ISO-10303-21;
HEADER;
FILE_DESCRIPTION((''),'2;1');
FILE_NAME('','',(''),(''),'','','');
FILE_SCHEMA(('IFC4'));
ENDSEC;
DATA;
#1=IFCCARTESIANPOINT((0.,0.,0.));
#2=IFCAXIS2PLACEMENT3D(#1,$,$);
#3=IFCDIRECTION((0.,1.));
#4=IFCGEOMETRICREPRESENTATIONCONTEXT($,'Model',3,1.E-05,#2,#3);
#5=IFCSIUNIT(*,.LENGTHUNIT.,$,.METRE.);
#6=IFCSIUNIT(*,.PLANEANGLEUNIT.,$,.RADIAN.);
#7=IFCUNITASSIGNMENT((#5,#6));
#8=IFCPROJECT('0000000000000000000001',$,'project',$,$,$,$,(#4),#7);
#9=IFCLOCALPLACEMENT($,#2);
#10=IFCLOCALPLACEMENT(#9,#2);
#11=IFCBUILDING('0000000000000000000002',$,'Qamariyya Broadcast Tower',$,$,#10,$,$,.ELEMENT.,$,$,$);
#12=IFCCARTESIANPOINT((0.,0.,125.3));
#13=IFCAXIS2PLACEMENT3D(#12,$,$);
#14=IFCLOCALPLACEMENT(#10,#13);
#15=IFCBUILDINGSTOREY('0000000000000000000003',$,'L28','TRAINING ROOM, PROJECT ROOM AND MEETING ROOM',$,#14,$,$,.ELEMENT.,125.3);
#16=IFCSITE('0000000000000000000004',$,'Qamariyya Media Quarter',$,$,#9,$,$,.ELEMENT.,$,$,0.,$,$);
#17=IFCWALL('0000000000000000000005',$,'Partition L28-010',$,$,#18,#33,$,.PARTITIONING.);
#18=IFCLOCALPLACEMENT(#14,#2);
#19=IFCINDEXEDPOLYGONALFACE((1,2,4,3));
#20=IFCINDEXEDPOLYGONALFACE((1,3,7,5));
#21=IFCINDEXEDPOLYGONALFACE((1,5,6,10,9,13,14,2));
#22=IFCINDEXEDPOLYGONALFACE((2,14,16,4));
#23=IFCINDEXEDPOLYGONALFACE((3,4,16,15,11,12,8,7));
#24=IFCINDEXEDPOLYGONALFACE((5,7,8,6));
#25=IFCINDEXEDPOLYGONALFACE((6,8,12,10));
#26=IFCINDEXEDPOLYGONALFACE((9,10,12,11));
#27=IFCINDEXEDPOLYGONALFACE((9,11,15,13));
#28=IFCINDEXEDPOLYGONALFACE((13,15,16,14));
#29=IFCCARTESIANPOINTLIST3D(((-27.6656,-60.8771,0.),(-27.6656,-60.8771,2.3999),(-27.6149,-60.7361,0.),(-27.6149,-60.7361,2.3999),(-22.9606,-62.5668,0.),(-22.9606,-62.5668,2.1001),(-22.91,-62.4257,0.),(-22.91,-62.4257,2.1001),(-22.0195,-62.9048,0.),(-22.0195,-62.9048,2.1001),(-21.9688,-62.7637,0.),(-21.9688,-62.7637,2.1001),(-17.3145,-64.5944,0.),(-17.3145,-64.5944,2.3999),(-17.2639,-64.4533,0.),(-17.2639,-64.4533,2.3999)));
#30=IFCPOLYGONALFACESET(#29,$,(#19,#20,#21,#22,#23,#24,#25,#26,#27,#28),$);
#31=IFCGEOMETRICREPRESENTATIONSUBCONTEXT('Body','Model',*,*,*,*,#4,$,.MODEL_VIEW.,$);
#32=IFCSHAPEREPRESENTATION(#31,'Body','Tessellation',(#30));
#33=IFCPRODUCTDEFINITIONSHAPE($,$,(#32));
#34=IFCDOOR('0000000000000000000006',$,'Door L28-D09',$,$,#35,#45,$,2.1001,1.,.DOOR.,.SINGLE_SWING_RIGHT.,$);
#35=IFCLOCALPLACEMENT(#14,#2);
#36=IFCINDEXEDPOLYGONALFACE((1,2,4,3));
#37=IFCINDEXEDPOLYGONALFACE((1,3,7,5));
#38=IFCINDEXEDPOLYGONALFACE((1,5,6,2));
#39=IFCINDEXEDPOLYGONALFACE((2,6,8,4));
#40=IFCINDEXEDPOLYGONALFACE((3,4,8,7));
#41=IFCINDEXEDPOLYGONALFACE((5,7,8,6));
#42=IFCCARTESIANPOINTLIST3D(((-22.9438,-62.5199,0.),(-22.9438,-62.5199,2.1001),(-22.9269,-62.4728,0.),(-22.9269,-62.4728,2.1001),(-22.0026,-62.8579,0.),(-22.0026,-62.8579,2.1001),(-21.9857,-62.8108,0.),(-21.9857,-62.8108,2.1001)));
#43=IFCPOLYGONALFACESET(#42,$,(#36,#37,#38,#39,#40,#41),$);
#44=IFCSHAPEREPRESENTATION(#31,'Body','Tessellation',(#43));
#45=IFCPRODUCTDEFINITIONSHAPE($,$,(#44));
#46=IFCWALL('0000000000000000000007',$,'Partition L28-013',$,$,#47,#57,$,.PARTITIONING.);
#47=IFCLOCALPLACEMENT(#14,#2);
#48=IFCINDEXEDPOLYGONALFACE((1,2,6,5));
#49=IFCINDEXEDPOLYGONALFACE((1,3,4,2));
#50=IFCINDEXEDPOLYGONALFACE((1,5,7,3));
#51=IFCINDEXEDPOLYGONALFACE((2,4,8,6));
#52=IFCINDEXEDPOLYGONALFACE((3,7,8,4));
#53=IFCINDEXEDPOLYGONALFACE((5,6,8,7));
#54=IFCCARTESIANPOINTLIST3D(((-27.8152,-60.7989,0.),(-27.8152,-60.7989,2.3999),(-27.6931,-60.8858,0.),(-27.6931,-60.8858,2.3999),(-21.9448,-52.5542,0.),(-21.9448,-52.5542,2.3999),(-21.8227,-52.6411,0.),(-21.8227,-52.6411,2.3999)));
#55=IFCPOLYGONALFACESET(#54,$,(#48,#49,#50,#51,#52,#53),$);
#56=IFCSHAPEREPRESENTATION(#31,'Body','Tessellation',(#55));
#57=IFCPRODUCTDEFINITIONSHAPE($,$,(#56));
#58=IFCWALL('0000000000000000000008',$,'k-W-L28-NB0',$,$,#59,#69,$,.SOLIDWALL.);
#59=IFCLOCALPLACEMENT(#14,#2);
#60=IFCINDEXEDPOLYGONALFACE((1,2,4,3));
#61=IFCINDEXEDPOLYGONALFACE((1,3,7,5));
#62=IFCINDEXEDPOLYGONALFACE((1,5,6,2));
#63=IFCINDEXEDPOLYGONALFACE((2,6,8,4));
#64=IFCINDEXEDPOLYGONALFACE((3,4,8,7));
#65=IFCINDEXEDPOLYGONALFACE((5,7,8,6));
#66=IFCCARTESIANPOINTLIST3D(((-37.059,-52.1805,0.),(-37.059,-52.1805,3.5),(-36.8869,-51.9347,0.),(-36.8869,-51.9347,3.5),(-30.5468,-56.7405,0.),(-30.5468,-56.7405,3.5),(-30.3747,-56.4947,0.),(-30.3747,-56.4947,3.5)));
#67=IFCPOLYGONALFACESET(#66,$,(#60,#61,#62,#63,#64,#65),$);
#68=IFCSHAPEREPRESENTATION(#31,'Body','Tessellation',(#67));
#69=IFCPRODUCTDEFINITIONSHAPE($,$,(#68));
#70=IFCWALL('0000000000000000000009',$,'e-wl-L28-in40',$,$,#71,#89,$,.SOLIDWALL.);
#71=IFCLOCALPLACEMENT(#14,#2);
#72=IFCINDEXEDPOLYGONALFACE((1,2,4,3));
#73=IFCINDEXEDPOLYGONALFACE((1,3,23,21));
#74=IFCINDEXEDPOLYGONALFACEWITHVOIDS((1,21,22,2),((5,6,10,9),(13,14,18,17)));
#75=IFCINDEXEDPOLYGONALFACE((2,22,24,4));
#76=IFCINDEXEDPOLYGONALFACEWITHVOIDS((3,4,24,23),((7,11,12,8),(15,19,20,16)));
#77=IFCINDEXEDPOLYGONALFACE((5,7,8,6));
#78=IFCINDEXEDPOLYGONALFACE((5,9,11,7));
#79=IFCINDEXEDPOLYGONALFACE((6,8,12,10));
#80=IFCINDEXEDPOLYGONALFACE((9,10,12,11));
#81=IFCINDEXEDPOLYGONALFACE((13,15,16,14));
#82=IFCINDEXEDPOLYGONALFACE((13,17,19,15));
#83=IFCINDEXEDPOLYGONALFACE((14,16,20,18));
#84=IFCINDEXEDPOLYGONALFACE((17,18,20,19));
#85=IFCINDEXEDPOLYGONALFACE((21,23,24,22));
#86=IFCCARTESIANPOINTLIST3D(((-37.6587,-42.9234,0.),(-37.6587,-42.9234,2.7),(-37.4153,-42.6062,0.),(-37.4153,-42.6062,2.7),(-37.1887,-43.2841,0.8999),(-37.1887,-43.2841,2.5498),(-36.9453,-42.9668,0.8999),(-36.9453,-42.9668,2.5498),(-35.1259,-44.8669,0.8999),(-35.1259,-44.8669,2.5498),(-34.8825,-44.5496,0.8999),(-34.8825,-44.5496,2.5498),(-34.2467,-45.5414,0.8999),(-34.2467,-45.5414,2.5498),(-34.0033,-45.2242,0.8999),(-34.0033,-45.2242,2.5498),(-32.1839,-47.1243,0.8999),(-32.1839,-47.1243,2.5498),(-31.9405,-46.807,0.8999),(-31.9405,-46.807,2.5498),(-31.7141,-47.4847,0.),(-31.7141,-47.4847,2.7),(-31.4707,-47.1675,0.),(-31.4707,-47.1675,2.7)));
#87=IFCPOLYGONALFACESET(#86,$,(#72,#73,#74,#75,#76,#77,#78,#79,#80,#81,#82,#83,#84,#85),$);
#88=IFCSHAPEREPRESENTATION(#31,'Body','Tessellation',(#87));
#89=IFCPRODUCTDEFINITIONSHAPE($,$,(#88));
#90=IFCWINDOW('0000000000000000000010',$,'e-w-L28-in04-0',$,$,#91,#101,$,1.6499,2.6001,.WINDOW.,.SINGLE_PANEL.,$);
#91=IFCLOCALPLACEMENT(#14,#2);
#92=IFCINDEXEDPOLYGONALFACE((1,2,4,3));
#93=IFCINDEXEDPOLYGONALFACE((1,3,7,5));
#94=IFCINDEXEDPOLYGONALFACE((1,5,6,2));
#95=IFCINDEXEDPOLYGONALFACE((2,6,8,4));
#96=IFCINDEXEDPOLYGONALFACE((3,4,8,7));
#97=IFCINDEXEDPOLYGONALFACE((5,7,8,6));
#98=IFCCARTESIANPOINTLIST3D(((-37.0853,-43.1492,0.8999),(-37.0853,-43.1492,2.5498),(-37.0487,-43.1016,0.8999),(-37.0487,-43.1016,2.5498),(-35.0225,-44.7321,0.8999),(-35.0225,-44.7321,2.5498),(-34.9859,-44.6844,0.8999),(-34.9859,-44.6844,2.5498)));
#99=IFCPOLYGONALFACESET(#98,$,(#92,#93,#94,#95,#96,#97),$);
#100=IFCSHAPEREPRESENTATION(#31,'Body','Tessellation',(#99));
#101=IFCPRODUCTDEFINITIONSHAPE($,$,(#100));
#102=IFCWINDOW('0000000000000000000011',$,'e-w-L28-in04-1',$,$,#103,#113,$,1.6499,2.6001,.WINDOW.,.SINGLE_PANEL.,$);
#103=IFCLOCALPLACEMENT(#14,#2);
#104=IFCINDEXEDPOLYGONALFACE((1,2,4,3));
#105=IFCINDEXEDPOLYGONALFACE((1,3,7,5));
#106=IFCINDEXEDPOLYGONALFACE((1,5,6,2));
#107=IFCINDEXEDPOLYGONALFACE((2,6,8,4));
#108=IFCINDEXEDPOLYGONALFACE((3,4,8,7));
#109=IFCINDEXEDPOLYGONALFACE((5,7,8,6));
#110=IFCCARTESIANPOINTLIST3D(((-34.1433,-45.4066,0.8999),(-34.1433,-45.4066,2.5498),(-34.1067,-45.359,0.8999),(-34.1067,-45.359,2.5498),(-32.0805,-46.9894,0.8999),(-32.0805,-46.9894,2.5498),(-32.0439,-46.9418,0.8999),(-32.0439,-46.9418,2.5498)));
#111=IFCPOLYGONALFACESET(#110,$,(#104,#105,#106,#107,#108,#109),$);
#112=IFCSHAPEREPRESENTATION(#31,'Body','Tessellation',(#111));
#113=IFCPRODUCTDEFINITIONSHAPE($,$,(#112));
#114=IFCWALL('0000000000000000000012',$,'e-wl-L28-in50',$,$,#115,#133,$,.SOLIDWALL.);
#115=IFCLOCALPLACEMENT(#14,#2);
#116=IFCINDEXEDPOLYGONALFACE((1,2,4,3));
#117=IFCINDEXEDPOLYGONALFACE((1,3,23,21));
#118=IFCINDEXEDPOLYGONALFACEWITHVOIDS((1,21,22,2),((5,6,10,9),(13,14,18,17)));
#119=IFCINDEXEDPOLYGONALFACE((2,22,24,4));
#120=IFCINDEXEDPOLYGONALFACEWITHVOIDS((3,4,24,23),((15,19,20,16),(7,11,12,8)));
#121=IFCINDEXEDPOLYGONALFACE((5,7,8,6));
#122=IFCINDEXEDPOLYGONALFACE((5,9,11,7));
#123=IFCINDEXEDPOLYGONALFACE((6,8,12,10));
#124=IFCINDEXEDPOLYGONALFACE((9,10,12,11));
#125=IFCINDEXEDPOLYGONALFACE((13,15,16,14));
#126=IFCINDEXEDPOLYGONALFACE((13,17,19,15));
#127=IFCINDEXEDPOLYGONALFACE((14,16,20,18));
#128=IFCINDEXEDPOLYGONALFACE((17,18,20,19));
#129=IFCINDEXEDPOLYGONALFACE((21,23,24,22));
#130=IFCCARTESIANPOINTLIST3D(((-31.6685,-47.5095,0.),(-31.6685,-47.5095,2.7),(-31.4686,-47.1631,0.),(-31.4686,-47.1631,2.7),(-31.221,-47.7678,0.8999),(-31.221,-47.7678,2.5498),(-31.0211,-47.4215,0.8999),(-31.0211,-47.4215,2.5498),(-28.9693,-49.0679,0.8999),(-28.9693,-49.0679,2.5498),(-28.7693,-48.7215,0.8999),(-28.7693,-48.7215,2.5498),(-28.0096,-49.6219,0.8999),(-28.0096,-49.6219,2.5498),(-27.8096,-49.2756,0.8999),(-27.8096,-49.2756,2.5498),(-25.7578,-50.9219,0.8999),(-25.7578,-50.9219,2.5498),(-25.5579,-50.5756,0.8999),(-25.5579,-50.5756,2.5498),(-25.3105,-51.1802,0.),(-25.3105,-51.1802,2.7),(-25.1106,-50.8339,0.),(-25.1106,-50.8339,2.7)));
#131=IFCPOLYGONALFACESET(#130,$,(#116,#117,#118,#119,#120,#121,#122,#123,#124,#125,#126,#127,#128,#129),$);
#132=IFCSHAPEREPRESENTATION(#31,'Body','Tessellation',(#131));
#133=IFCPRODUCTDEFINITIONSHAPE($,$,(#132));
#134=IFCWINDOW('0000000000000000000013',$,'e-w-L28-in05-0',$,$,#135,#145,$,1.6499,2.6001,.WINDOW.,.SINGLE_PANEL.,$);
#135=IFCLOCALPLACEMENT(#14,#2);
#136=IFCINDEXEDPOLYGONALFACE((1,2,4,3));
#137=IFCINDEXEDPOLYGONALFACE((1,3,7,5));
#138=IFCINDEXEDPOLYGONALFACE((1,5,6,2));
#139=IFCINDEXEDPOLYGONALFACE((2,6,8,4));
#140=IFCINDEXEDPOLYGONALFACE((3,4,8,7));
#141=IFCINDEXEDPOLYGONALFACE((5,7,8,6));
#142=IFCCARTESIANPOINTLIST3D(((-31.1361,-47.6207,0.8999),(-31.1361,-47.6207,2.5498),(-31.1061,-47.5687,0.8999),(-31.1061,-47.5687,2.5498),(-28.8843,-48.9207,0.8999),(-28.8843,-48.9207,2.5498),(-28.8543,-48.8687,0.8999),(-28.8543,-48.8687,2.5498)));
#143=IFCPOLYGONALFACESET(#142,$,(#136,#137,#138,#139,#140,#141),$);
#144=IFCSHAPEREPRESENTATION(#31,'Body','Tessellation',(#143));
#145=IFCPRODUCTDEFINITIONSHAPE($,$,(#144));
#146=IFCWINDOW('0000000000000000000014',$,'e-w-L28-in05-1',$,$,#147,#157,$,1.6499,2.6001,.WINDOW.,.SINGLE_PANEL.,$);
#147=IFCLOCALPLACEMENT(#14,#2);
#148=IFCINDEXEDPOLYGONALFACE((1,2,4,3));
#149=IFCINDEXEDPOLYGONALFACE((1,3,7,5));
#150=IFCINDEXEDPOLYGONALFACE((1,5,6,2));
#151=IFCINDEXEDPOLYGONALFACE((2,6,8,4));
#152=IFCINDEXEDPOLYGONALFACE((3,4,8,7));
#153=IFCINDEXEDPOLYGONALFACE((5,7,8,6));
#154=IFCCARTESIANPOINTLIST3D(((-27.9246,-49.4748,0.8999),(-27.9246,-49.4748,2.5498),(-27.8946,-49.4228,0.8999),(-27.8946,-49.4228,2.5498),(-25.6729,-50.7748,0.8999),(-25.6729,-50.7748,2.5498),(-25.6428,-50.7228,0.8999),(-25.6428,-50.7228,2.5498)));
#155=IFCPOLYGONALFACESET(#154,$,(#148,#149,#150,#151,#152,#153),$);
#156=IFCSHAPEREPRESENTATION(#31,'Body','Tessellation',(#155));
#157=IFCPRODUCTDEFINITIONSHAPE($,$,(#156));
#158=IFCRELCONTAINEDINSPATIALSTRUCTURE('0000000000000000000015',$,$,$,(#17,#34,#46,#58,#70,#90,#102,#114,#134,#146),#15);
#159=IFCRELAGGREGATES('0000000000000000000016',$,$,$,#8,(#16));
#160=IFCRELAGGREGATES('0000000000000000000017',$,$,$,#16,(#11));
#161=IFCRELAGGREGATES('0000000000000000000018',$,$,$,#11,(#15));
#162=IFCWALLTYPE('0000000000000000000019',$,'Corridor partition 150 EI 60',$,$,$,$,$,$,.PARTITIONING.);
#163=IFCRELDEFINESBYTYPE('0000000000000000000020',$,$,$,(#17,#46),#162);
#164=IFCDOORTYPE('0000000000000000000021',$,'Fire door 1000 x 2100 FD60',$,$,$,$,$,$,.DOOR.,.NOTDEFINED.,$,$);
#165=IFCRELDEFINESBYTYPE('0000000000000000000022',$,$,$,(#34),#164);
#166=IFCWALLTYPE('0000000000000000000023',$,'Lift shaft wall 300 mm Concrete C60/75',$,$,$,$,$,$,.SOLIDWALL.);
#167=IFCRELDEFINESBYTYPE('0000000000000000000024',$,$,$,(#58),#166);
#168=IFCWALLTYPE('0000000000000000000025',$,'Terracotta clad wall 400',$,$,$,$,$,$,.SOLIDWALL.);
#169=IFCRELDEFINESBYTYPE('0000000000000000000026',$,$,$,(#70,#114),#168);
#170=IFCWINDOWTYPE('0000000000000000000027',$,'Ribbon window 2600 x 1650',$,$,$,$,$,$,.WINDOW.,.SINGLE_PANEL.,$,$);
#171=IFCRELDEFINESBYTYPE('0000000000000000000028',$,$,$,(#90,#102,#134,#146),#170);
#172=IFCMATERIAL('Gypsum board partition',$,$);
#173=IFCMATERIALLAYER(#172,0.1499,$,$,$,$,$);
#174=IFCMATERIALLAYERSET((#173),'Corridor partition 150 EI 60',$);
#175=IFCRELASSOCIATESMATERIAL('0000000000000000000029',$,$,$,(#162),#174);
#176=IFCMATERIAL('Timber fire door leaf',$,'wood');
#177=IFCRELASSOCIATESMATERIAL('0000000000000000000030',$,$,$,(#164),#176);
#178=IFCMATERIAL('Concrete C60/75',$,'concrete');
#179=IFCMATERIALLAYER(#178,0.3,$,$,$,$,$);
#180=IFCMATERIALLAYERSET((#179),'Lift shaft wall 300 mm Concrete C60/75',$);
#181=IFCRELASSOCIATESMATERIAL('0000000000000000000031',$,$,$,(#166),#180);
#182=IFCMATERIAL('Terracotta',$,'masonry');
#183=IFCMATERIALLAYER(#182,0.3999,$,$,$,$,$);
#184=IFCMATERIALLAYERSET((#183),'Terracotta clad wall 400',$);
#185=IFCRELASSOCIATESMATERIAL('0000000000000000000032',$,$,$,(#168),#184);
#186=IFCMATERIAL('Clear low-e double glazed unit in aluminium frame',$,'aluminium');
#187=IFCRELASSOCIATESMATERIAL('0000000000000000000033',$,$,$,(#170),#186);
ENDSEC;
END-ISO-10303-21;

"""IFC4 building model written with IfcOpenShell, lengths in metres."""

from ifc_helpers import new_model, si_unit, direction, frame, frame_2d, origin, place, context, subcontext, project, spatial, rectangle, extrude, material, layer, layer_set, type_object, element, fill, save


model = new_model("IFC4")

# Units and contexts
model_context = context("Model", 3, precision=1e-05, world=origin(), true_north=direction((0.0, 1.0)))
body_context = subcontext(model_context, "Body", "Model", "MODEL_VIEW")
ifc_project = project(units=[si_unit("LENGTHUNIT", "METRE"), si_unit("PLANEANGLEUNIT", "RADIAN")], contexts=[model_context])

# Site, building, storey
site_placement = place(None, origin())
site = spatial("IfcSite", under=ifc_project, at=site_placement, Name="Qamariyya Media Quarter", CompositionType="ELEMENT", RefElevation=0.0)
building_placement = place(site_placement, origin())
building = spatial("IfcBuilding", under=site, at=building_placement, Name="Qamariyya Broadcast Tower", CompositionType="ELEMENT")
storey_placement = place(building_placement, frame((0.0, 0.0, 125.3)))
storey = spatial("IfcBuildingStorey", under=building, at=storey_placement, Name="L28", Description="TRAINING ROOM, PROJECT ROOM AND MEETING ROOM", CompositionType="ELEMENT", Elevation=125.3)

# Wall, opening, door
ifc_material_1 = material(Name="Gypsum board partition")
ifc_layer_1 = layer(ifc_material_1, 0.1499)
ifc_layer_set_1 = layer_set([ifc_layer_1], Name="Corridor partition 150 EI 60")
wall_type_1 = type_object("IfcWallType", Name="Corridor partition 150 EI 60", PredefinedType="PARTITIONING", material=ifc_layer_set_1)
wall_1_placement = place(storey_placement, frame((-27.6401, -60.8066, 0.0), z_axis=(0.0, 0.0, 1.0), x_axis=(0.941151, -0.337987, 0.0)))
wall_1 = element("IfcWall", 1, at=wall_1_placement, inside=storey, type_object=wall_type_1, Name="Partition L28-010", PredefinedType="PARTITIONING", context=body_context, shape_type="SweptSolid", body=[
    extrude(rectangle(XDim=10.9983, YDim=0.1499, at=frame_2d((5.499, 0.0))), origin(), (0.0, 0.0, 1.0), 2.3999),
])
opening_1_placement = place(wall_1_placement, frame((4.999, 0.0, 0.0)))
opening_1 = element("IfcOpeningElement", 2, at=opening_1_placement, cuts=wall_1, PredefinedType="OPENING", context=body_context, shape_type="SweptSolid", body=[
    extrude(rectangle(XDim=1.0, YDim=2.1001, at=frame_2d((0.5, 1.05))), frame((0.0, 0.085, 0.0), z_axis=(0.0, -1.0, 0.0), x_axis=(1.0, 0.0, 0.0)), (0.0, 0.0, 1.0), 0.1699),
])
ifc_material_2 = material(Name="Timber fire door leaf", Category="wood")
door_type_1 = type_object("IfcDoorType", Name="Fire door 1000 x 2100 FD60", OperationType="NOTDEFINED", PredefinedType="DOOR", material=ifc_material_2)
door_1_placement = place(opening_1_placement, origin())
door_1 = element("IfcDoor", 3, at=door_1_placement, inside=storey, type_object=door_type_1, Name="Door L28-D09", OperationType="SINGLE_SWING_RIGHT", OverallHeight=2.1001, OverallWidth=1.0, PredefinedType="DOOR", context=body_context, shape_type="SweptSolid", body=[
    extrude(rectangle(XDim=1.0, YDim=2.1001, at=frame_2d((0.5, 1.05))), frame((0.0, 0.0249, 0.0), z_axis=(0.0, -1.0, 0.0), x_axis=(1.0, 0.0, 0.0)), (0.0, 0.0, 1.0), 0.05),
])
fill(opening_1, door_1)

# Walls
wall_2_placement = place(storey_placement, frame((-21.8838, -52.5977, 0.0), z_axis=(0.0, 0.0, 1.0), x_axis=(-0.580017, -0.814605, 0.0)))
element("IfcWall", 4, at=wall_2_placement, inside=storey, type_object=wall_type_1, Name="Partition L28-013", PredefinedType="PARTITIONING", context=body_context, shape_type="SweptSolid", body=[
    extrude(rectangle(XDim=10.1211, YDim=0.1499, at=frame_2d((5.0605, 0.0))), origin(), (0.0, 0.0, 1.0), 2.3999),
])
ifc_material_3 = material(Name="Concrete C60/75", Category="concrete")
ifc_layer_2 = layer(ifc_material_3, 0.3)
ifc_layer_set_2 = layer_set([ifc_layer_2], Name="Lift shaft wall 300 mm Concrete C60/75")
wall_type_2 = type_object("IfcWallType", Name="Lift shaft wall 300 mm Concrete C60/75", PredefinedType="SOLIDWALL", material=ifc_layer_set_2)
wall_3_placement = place(storey_placement, frame((-30.4607, -56.6177, 0.0), z_axis=(0.0, 0.0, 1.0), x_axis=(-0.819142, 0.57359, 0.0)))
element("IfcWall", 5, at=wall_3_placement, inside=storey, type_object=wall_type_2, Name="k-W-L28-NB0", PredefinedType="SOLIDWALL", context=body_context, shape_type="SweptSolid", body=[
    extrude(rectangle(XDim=7.95, YDim=0.3, at=frame_2d((3.9751, 0.0))), origin(), (0.0, 0.0, 1.0), 3.5),
])

# Walls, openings, windows
ifc_material_4 = material(Name="Terracotta", Category="masonry")
ifc_layer_3 = layer(ifc_material_4, 0.3999)
ifc_layer_set_3 = layer_set([ifc_layer_3], Name="Terracotta clad wall 400")
wall_type_3 = type_object("IfcWallType", Name="Terracotta clad wall 400", PredefinedType="SOLIDWALL", material=ifc_layer_set_3)
wall_4_placement = place(storey_placement, frame((-31.5923, -47.3262, 0.0), z_axis=(0.0, 0.0, 1.0), x_axis=(-0.793363, 0.608748, 0.0)))
wall_4 = element("IfcWall", 6, at=wall_4_placement, inside=storey, type_object=wall_type_3, Name="e-wl-L28-in40", PredefinedType="SOLIDWALL", context=body_context, shape_type="SweptSolid", body=[
    extrude(rectangle(XDim=7.4929, YDim=0.3999, at=frame_2d((3.7466, 0.0))), origin(), (0.0, 0.0, 1.0), 2.7),
])
opening_2_placement = place(wall_4_placement, frame((4.3005, 0.0, 0.8999)))
opening_2 = element("IfcOpeningElement", 7, at=opening_2_placement, cuts=wall_4, PredefinedType="OPENING", context=body_context, shape_type="SweptSolid", body=[
    extrude(rectangle(XDim=2.6001, YDim=1.6499, at=frame_2d((1.3, 0.825))), frame((0.0, 0.21, 0.0), z_axis=(0.0, -1.0, 0.0), x_axis=(1.0, 0.0, 0.0)), (0.0, 0.0, 1.0), 0.4199),
])
opening_3_placement = place(wall_4_placement, frame((0.5923, 0.0, 0.8999)))
opening_3 = element("IfcOpeningElement", 8, at=opening_3_placement, cuts=wall_4, PredefinedType="OPENING", context=body_context, shape_type="SweptSolid", body=[
    extrude(rectangle(XDim=2.6001, YDim=1.6499, at=frame_2d((1.3, 0.825))), frame((0.0, 0.21, 0.0), z_axis=(0.0, -1.0, 0.0), x_axis=(1.0, 0.0, 0.0)), (0.0, 0.0, 1.0), 0.4199),
])
ifc_material_5 = material(Name="Clear low-e double glazed unit in aluminium frame", Category="aluminium")
window_type = type_object("IfcWindowType", Name="Ribbon window 2600 x 1650", PartitioningType="SINGLE_PANEL", PredefinedType="WINDOW", material=ifc_material_5)
window_1_placement = place(opening_2_placement, origin())
window_1 = element("IfcWindow", 9, at=window_1_placement, inside=storey, type_object=window_type, Name="e-w-L28-in04-0", OverallHeight=1.6499, OverallWidth=2.6001, PartitioningType="SINGLE_PANEL", PredefinedType="WINDOW", context=body_context, shape_type="SweptSolid", body=[
    extrude(rectangle(XDim=2.6001, YDim=1.6499, at=frame_2d((1.3, 0.825))), frame((0.0, 0.03, 0.0), z_axis=(0.0, -1.0, 0.0), x_axis=(1.0, 0.0, 0.0)), (0.0, 0.0, 1.0), 0.0601),
])
fill(opening_2, window_1)
window_2_placement = place(opening_3_placement, origin())
window_2 = element("IfcWindow", 10, at=window_2_placement, inside=storey, type_object=window_type, Name="e-w-L28-in04-1", OverallHeight=1.6499, OverallWidth=2.6001, PartitioningType="SINGLE_PANEL", PredefinedType="WINDOW", context=body_context, shape_type="SweptSolid", body=[
    extrude(rectangle(XDim=2.6001, YDim=1.6499, at=frame_2d((1.3, 0.825))), frame((0.0, 0.03, 0.0), z_axis=(0.0, -1.0, 0.0), x_axis=(1.0, 0.0, 0.0)), (0.0, 0.0, 1.0), 0.0601),
])
fill(opening_3, window_2)
wall_5_placement = place(storey_placement, frame((-25.2104, -51.0071, 0.0), z_axis=(0.0, 0.0, 1.0), x_axis=(-0.866031, 0.499991, 0.0)))
wall_5 = element("IfcWall", 11, at=wall_5_placement, inside=storey, type_object=wall_type_3, Name="e-wl-L28-in50", PredefinedType="SOLIDWALL", context=body_context, shape_type="SweptSolid", body=[
    extrude(rectangle(XDim=7.3416, YDim=0.3999, at=frame_2d((3.6709, 0.0))), origin(), (0.0, 0.0, 1.0), 2.7),
])
opening_4_placement = place(wall_5_placement, frame((4.2249, 0.0, 0.8999)))
opening_4 = element("IfcOpeningElement", 12, at=opening_4_placement, cuts=wall_5, PredefinedType="OPENING", context=body_context, shape_type="SweptSolid", body=[
    extrude(rectangle(XDim=2.6001, YDim=1.6499, at=frame_2d((1.3, 0.825))), frame((0.0, 0.21, 0.0), z_axis=(0.0, -1.0, 0.0), x_axis=(1.0, 0.0, 0.0)), (0.0, 0.0, 1.0), 0.4199),
])
opening_5_placement = place(wall_5_placement, frame((0.5166, 0.0, 0.8999)))
opening_5 = element("IfcOpeningElement", 13, at=opening_5_placement, cuts=wall_5, PredefinedType="OPENING", context=body_context, shape_type="SweptSolid", body=[
    extrude(rectangle(XDim=2.6001, YDim=1.6499, at=frame_2d((1.3, 0.825))), frame((0.0, 0.21, 0.0), z_axis=(0.0, -1.0, 0.0), x_axis=(1.0, 0.0, 0.0)), (0.0, 0.0, 1.0), 0.4199),
])
window_3_placement = place(opening_4_placement, origin())
window_3 = element("IfcWindow", 14, at=window_3_placement, inside=storey, type_object=window_type, Name="e-w-L28-in05-0", OverallHeight=1.6499, OverallWidth=2.6001, PartitioningType="SINGLE_PANEL", PredefinedType="WINDOW", context=body_context, shape_type="SweptSolid", body=[
    extrude(rectangle(XDim=2.6001, YDim=1.6499, at=frame_2d((1.3, 0.825))), frame((0.0, 0.03, 0.0), z_axis=(0.0, -1.0, 0.0), x_axis=(1.0, 0.0, 0.0)), (0.0, 0.0, 1.0), 0.0601),
])
fill(opening_4, window_3)
window_4_placement = place(opening_5_placement, origin())
window_4 = element("IfcWindow", 15, at=window_4_placement, inside=storey, type_object=window_type, Name="e-w-L28-in05-1", OverallHeight=1.6499, OverallWidth=2.6001, PartitioningType="SINGLE_PANEL", PredefinedType="WINDOW", context=body_context, shape_type="SweptSolid", body=[
    extrude(rectangle(XDim=2.6001, YDim=1.6499, at=frame_2d((1.3, 0.825))), frame((0.0, 0.03, 0.0), z_axis=(0.0, -1.0, 0.0), x_axis=(1.0, 0.0, 0.0)), (0.0, 0.0, 1.0), 0.0601),
])
fill(opening_5, window_4)

save(model, "model.ifc")
